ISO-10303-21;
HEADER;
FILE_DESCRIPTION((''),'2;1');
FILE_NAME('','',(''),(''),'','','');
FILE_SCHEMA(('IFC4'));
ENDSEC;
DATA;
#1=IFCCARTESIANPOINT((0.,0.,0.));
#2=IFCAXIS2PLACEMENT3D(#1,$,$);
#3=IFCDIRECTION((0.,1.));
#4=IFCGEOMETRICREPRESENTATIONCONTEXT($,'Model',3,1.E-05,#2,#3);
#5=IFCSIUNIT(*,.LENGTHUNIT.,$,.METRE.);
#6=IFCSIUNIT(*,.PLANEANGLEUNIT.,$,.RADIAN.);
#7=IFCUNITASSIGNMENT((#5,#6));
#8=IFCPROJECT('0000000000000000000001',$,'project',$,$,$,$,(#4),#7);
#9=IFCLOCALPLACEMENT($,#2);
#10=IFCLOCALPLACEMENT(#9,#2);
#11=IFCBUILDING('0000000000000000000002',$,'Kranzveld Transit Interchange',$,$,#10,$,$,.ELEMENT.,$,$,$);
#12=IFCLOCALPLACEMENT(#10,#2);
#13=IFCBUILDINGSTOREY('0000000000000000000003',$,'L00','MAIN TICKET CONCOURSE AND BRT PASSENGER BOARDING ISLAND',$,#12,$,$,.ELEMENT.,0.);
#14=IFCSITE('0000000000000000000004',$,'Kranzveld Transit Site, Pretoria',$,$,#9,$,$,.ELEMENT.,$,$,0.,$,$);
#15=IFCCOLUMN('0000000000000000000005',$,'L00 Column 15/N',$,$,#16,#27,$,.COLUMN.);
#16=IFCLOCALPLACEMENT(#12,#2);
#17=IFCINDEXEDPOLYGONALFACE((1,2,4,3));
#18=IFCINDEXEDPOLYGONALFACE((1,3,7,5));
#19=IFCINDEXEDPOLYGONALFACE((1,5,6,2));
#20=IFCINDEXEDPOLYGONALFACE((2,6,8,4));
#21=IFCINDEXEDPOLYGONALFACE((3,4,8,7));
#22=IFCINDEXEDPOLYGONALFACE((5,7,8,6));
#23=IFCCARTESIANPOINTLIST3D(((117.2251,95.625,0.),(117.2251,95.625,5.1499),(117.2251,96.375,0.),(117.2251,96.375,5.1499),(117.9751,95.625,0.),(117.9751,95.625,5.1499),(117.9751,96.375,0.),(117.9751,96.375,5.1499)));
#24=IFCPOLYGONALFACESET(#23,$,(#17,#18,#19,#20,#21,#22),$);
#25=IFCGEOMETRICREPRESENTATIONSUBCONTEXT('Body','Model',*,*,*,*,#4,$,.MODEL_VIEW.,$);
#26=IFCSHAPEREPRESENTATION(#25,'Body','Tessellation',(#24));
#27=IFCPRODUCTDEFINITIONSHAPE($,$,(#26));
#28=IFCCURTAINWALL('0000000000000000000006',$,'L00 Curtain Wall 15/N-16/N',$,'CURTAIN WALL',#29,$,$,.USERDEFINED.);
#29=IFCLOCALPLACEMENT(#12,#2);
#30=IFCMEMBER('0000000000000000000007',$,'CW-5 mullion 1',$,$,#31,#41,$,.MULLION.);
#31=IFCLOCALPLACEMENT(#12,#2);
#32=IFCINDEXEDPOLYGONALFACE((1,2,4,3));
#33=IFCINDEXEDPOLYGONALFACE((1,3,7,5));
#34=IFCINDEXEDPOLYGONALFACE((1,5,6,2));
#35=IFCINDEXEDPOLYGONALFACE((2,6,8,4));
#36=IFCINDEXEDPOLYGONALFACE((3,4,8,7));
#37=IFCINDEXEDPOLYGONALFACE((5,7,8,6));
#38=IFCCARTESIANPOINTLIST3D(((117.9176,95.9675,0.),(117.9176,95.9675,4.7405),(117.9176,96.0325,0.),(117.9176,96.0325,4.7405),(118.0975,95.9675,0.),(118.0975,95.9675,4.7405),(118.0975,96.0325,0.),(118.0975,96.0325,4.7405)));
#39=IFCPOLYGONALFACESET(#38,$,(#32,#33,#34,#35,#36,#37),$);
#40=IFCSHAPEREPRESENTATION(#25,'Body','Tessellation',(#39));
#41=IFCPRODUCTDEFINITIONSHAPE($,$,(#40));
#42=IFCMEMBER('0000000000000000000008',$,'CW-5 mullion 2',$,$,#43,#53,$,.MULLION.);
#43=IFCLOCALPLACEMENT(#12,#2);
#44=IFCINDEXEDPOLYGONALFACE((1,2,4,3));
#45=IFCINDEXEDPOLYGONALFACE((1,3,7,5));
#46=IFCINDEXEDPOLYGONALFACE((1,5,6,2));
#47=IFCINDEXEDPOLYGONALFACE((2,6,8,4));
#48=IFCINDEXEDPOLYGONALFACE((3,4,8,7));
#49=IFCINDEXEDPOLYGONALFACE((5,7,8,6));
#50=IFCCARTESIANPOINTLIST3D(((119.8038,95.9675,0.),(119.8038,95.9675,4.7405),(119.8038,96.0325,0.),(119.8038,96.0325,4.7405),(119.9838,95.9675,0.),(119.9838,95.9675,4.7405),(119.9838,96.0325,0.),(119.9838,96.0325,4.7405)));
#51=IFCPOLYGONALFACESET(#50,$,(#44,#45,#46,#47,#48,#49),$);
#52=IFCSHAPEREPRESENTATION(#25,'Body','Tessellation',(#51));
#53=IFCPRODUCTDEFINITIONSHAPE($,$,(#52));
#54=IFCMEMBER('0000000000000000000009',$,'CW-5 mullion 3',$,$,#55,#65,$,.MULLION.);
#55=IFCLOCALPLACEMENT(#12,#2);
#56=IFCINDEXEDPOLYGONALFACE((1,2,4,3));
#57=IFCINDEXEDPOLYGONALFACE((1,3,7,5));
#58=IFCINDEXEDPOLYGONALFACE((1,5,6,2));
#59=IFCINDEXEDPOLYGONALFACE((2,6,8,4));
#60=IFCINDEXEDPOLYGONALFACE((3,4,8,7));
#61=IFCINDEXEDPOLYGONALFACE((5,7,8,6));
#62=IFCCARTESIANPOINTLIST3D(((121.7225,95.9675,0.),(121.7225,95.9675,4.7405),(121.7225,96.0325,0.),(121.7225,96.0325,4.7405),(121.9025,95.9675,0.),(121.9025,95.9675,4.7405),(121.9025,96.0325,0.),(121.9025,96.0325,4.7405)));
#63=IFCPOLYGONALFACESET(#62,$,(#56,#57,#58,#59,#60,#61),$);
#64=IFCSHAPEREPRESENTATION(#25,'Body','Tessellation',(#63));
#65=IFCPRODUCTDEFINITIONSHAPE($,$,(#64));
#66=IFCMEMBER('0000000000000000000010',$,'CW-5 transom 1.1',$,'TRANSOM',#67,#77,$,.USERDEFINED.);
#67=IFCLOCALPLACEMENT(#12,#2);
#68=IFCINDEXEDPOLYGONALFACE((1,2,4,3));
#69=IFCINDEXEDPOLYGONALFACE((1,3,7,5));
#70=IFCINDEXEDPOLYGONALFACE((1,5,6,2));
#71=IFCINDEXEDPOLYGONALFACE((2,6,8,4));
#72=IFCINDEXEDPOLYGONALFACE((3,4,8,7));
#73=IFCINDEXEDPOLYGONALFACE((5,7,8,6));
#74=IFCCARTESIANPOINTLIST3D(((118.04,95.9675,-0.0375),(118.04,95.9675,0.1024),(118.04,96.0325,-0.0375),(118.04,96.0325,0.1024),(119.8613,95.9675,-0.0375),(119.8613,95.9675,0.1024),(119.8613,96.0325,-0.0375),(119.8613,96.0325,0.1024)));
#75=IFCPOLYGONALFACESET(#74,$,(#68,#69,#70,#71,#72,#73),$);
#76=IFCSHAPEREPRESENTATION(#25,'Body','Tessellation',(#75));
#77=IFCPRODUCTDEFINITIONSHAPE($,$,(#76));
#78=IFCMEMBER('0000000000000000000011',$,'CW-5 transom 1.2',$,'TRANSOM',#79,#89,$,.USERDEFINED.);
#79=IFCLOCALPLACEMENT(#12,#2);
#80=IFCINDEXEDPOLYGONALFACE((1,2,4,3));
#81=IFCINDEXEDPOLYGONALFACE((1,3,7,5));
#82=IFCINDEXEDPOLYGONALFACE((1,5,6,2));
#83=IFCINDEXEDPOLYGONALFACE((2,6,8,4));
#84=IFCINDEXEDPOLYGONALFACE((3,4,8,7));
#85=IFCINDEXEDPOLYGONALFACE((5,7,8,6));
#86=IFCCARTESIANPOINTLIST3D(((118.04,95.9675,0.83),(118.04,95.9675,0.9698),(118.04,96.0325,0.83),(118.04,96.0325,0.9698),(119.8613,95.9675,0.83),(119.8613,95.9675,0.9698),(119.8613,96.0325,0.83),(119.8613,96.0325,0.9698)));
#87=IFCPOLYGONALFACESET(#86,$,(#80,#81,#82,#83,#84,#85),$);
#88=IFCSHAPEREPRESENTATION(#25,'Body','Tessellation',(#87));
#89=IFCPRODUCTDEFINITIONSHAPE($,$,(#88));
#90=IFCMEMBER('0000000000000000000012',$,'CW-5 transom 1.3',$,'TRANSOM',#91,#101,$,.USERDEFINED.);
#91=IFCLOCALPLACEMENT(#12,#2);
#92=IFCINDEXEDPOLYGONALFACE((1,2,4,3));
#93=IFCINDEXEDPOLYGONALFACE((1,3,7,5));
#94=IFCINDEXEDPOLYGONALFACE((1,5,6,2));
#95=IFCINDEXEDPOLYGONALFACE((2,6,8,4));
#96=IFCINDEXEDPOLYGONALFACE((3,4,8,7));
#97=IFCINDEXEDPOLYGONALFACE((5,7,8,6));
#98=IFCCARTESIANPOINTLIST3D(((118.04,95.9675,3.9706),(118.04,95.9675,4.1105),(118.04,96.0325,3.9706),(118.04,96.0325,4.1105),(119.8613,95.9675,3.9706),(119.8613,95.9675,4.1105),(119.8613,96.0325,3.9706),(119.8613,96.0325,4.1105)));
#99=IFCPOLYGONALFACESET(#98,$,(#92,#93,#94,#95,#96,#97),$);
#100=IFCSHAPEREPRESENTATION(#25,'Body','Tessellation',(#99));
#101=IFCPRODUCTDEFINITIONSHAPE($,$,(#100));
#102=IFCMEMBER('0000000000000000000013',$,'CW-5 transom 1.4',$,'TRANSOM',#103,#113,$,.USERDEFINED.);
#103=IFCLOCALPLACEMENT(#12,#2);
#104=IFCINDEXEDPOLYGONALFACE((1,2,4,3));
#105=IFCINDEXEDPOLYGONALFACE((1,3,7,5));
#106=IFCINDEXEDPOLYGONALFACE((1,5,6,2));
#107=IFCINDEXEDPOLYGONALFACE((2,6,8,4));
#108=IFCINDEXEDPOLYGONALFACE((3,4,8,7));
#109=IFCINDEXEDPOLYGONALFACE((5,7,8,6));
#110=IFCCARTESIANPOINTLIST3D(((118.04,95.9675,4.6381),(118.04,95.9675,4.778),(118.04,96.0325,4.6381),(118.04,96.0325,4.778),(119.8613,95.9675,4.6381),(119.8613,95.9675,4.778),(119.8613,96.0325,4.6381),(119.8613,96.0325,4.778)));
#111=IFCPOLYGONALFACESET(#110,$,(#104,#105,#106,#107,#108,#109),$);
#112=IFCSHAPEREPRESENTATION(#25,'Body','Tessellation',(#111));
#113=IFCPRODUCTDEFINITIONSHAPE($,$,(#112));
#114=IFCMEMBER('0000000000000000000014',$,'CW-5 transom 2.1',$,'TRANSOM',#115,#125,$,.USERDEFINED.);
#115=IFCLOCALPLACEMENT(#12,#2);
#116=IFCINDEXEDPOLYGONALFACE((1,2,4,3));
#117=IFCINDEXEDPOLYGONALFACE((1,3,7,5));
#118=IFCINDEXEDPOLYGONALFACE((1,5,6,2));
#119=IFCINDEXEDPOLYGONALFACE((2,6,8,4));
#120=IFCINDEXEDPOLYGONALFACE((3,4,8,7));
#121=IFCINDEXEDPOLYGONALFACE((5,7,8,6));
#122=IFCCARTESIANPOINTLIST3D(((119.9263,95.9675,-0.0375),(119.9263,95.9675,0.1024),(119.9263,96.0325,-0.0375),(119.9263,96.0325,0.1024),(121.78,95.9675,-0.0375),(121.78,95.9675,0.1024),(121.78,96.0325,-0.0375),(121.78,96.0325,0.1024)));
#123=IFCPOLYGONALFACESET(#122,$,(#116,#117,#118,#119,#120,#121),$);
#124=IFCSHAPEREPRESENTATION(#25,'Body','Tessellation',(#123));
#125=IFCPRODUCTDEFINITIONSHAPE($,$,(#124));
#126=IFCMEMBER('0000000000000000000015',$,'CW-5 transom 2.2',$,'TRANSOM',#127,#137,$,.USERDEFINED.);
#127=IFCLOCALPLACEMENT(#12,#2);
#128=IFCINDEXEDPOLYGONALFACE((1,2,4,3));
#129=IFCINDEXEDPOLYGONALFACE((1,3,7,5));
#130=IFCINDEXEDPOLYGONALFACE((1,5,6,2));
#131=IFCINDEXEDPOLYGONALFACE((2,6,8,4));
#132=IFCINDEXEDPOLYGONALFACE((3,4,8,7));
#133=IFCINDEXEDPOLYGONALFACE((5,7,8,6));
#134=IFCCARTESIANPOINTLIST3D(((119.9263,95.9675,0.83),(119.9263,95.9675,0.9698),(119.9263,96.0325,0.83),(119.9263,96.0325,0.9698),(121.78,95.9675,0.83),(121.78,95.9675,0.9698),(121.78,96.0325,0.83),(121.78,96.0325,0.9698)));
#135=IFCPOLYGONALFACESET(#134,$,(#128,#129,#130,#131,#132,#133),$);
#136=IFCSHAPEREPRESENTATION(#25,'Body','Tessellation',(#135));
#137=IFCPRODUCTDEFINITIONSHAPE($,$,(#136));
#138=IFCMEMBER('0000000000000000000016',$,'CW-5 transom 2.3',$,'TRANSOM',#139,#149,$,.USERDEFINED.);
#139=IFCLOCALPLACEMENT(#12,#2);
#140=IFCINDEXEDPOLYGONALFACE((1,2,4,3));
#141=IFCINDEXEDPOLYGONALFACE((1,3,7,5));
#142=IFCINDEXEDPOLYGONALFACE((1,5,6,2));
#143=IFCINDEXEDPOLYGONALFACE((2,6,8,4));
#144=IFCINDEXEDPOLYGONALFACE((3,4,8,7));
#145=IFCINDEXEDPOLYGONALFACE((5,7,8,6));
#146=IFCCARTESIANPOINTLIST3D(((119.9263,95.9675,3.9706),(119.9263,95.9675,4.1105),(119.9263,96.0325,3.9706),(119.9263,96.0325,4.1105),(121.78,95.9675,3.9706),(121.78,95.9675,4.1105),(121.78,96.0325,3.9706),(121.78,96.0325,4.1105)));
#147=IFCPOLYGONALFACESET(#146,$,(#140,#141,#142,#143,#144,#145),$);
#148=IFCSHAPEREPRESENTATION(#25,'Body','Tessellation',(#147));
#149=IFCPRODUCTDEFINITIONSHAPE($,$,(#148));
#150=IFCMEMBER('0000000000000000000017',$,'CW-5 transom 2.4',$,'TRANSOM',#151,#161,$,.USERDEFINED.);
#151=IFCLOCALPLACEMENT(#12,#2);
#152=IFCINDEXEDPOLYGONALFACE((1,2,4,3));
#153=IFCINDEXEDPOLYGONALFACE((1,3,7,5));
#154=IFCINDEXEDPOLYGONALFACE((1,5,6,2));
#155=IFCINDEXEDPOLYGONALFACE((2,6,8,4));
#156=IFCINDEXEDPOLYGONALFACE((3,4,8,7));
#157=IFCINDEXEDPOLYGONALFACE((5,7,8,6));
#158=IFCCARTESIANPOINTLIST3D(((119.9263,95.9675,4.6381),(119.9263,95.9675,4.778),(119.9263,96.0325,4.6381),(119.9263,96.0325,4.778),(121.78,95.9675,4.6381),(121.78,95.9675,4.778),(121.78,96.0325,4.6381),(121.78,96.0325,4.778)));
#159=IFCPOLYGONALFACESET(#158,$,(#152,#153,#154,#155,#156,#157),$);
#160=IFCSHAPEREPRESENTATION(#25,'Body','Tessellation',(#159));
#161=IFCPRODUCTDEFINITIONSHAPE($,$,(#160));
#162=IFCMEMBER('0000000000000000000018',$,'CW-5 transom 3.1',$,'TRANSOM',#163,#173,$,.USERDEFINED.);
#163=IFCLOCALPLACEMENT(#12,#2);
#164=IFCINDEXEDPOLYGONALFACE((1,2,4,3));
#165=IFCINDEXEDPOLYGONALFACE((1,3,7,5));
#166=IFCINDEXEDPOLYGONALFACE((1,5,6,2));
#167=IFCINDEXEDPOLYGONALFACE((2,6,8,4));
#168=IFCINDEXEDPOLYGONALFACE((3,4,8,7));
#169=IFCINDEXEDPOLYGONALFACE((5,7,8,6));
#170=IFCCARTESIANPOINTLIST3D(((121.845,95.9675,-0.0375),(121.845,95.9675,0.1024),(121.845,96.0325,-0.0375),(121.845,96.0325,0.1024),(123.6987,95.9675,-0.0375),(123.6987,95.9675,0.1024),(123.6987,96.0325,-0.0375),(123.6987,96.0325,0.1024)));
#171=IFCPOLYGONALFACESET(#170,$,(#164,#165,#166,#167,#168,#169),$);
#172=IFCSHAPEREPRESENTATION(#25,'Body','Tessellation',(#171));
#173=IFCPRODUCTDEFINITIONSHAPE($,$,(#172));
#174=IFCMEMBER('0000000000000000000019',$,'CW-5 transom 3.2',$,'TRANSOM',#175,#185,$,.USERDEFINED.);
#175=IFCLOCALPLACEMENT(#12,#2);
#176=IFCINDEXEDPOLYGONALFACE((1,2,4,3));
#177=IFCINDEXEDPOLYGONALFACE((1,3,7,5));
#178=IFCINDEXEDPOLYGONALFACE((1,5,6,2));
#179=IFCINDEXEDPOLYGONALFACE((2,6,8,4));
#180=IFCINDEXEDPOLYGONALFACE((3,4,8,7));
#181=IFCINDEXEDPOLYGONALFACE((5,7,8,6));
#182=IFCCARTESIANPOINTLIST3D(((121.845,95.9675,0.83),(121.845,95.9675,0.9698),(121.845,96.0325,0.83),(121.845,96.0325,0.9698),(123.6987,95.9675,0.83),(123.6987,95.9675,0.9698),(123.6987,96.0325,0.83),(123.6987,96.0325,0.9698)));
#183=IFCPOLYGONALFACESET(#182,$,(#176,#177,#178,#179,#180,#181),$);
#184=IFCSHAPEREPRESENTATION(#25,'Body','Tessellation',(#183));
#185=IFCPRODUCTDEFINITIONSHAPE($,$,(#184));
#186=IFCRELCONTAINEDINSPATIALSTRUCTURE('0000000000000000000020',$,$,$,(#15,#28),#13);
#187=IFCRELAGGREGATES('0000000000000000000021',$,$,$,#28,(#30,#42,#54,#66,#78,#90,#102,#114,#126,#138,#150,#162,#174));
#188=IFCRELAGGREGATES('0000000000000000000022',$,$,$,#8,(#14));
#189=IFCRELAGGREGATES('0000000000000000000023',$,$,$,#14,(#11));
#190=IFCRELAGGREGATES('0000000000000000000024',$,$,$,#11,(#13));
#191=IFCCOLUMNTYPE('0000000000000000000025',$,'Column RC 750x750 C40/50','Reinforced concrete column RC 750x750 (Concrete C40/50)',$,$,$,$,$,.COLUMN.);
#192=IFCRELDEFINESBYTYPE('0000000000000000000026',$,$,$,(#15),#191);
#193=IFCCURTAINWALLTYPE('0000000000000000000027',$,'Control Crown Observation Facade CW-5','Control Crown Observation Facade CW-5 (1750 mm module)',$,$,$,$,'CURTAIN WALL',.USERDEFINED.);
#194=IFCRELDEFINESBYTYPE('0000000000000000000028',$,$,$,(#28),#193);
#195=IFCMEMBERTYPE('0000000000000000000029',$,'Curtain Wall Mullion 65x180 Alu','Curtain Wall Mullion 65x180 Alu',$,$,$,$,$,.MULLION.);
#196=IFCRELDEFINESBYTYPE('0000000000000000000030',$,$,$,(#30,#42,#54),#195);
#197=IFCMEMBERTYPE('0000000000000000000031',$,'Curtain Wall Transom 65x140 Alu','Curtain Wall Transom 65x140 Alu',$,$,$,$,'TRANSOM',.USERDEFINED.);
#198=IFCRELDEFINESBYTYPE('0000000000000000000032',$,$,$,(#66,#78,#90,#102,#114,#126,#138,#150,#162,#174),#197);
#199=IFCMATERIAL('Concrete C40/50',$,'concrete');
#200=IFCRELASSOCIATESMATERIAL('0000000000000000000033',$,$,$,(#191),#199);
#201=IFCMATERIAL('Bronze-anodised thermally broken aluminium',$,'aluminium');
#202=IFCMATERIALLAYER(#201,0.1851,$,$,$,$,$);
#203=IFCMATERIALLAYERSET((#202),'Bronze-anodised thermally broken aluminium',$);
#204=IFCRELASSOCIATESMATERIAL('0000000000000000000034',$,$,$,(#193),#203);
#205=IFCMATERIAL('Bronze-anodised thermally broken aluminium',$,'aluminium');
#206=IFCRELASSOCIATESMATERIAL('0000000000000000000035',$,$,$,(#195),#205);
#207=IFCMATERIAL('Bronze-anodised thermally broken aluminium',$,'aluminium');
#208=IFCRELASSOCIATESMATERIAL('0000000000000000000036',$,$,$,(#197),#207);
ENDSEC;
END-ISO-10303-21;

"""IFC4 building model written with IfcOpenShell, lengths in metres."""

from ifc_helpers import new_model, si_unit, direction, frame, origin, origin_2d, place, context, subcontext, project, spatial, rectangle, extrude, material, layer, layer_set, material_profile, profile_set, type_object, element, aggregate, save


model = new_model("IFC4")

# Units and contexts
model_context = context("Model", 3, precision=1e-05, world=origin(), true_north=direction((0.0, 1.0)))
body_context = subcontext(model_context, "Body", "Model", "MODEL_VIEW")
ifc_project = project(units=[si_unit("LENGTHUNIT", "METRE"), si_unit("PLANEANGLEUNIT", "RADIAN")], contexts=[model_context])

# Site, building, storey
site_placement = place(None, origin())
site = spatial("IfcSite", under=ifc_project, at=site_placement, Name="Kranzveld Transit Site, Pretoria", CompositionType="ELEMENT", RefElevation=0.0)
building_placement = place(site_placement, origin())
building = spatial("IfcBuilding", under=site, at=building_placement, Name="Kranzveld Transit Interchange", CompositionType="ELEMENT")
storey_placement = place(building_placement, origin())
storey = spatial("IfcBuildingStorey", under=building, at=storey_placement, Name="L00", Description="MAIN TICKET CONCOURSE AND BRT PASSENGER BOARDING ISLAND", CompositionType="ELEMENT", Elevation=0.0)

# Column
ifc_material_1 = material(Name="Concrete C40/50", Category="concrete")
ifc_material_profile_1 = material_profile(ifc_material_1, rectangle(XDim=0.75, YDim=0.75, at=origin_2d()), Name="RC 750x750")
ifc_profile_set_1 = profile_set([ifc_material_profile_1], Name="Concrete C40/50")
column_type = type_object("IfcColumnType", Name="Column RC 750x750 C40/50", Description="Reinforced concrete column RC 750x750 (Concrete C40/50)", PredefinedType="COLUMN", material=ifc_profile_set_1)
column_placement = place(storey_placement, frame((117.6001, 96.0, 0.0), z_axis=(0.0, 0.0, 1.0), x_axis=(1.0, 0.0, 0.0)))
element("IfcColumn", 1, at=column_placement, inside=storey, type_object=column_type, Name="L00 Column 15/N", PredefinedType="COLUMN", context=body_context, shape_type="SweptSolid", body=[
    extrude(rectangle(XDim=0.75, YDim=0.75, at=origin_2d()), origin(), (0.0, 0.0, 1.0), 5.1499),
])

# Curtain wall, members
ifc_material_2 = material(Name="Bronze-anodised thermally broken aluminium", Category="aluminium")
ifc_layer_1 = layer(ifc_material_2, 0.1851)
ifc_layer_set_1 = layer_set([ifc_layer_1], Name="Bronze-anodised thermally broken aluminium")
curtain_wall_type = type_object("IfcCurtainWallType", Name="Control Crown Observation Facade CW-5", Description="Control Crown Observation Facade CW-5 (1750 mm module)", ElementType="CURTAIN WALL", PredefinedType="USERDEFINED", material=ifc_layer_set_1)
curtain_wall_placement = place(storey_placement, origin())
curtain_wall = element("IfcCurtainWall", 2, at=curtain_wall_placement, inside=storey, type_object=curtain_wall_type, Name="L00 Curtain Wall 15/N-16/N", ObjectType="CURTAIN WALL", PredefinedType="USERDEFINED")
ifc_material_3 = material(Name="Bronze-anodised thermally broken aluminium", Category="aluminium")
ifc_material_profile_2 = material_profile(ifc_material_3, rectangle(XDim=0.0649, YDim=0.1799, at=origin_2d()), Name="ALU MULLION 65x180")
ifc_profile_set_2 = profile_set([ifc_material_profile_2], Name="Bronze-anodised thermally broken aluminium")
member_type_1 = type_object("IfcMemberType", Name="Curtain Wall Mullion 65x180 Alu", Description="Curtain Wall Mullion 65x180 Alu", PredefinedType="MULLION", material=ifc_profile_set_2)
member_1_placement = place(storey_placement, frame((118.0076, 96.0, 0.0), z_axis=(0.0, 0.0, 1.0), x_axis=(0.0, 1.0, 0.0)))
member_1 = element("IfcMember", 3, at=member_1_placement, type_object=member_type_1, Name="CW-5 mullion 1", PredefinedType="MULLION", context=body_context, shape_type="SweptSolid", body=[
    extrude(rectangle(XDim=0.0649, YDim=0.1799, at=origin_2d()), origin(), (0.0, 0.0, 1.0), 4.7405),
])
member_2_placement = place(storey_placement, frame((119.8938, 96.0, 0.0), z_axis=(0.0, 0.0, 1.0), x_axis=(0.0, 1.0, 0.0)))
member_2 = element("IfcMember", 4, at=member_2_placement, type_object=member_type_1, Name="CW-5 mullion 2", PredefinedType="MULLION", context=body_context, shape_type="SweptSolid", body=[
    extrude(rectangle(XDim=0.0649, YDim=0.1799, at=origin_2d()), origin(), (0.0, 0.0, 1.0), 4.7405),
])
member_3_placement = place(storey_placement, frame((121.8125, 96.0, 0.0), z_axis=(0.0, 0.0, 1.0), x_axis=(0.0, 1.0, 0.0)))
member_3 = element("IfcMember", 5, at=member_3_placement, type_object=member_type_1, Name="CW-5 mullion 3", PredefinedType="MULLION", context=body_context, shape_type="SweptSolid", body=[
    extrude(rectangle(XDim=0.0649, YDim=0.1799, at=origin_2d()), origin(), (0.0, 0.0, 1.0), 4.7405),
])
ifc_material_4 = material(Name="Bronze-anodised thermally broken aluminium", Category="aluminium")
ifc_material_profile_3 = material_profile(ifc_material_4, rectangle(XDim=0.0649, YDim=0.1399, at=origin_2d()), Name="ALU TRANSOM 65x140")
ifc_profile_set_3 = profile_set([ifc_material_profile_3], Name="Bronze-anodised thermally broken aluminium")
member_type_2 = type_object("IfcMemberType", Name="Curtain Wall Transom 65x140 Alu", Description="Curtain Wall Transom 65x140 Alu", ElementType="TRANSOM", PredefinedType="USERDEFINED", material=ifc_profile_set_3)
member_4_placement = place(storey_placement, frame((118.04, 96.0, 0.0325), z_axis=(1.0, 0.0, 0.0), x_axis=(0.0, 1.0, 0.0)))
member_4 = element("IfcMember", 6, at=member_4_placement, type_object=member_type_2, Name="CW-5 transom 1.1", ObjectType="TRANSOM", PredefinedType="USERDEFINED", context=body_context, shape_type="SweptSolid", body=[
    extrude(rectangle(XDim=0.0649, YDim=0.1399, at=origin_2d()), origin(), (0.0, 0.0, 1.0), 1.8213),
])
member_5_placement = place(storey_placement, frame((118.04, 96.0, 0.8999), z_axis=(1.0, 0.0, 0.0), x_axis=(0.0, 1.0, 0.0)))
member_5 = element("IfcMember", 7, at=member_5_placement, type_object=member_type_2, Name="CW-5 transom 1.2", ObjectType="TRANSOM", PredefinedType="USERDEFINED", context=body_context, shape_type="SweptSolid", body=[
    extrude(rectangle(XDim=0.0649, YDim=0.1399, at=origin_2d()), origin(), (0.0, 0.0, 1.0), 1.8213),
])
member_6_placement = place(storey_placement, frame((118.04, 96.0, 4.0405), z_axis=(1.0, 0.0, 0.0), x_axis=(0.0, 1.0, 0.0)))
member_6 = element("IfcMember", 8, at=member_6_placement, type_object=member_type_2, Name="CW-5 transom 1.3", ObjectType="TRANSOM", PredefinedType="USERDEFINED", context=body_context, shape_type="SweptSolid", body=[
    extrude(rectangle(XDim=0.0649, YDim=0.1399, at=origin_2d()), origin(), (0.0, 0.0, 1.0), 1.8213),
])
member_7_placement = place(storey_placement, frame((118.04, 96.0, 4.708), z_axis=(1.0, 0.0, 0.0), x_axis=(0.0, 1.0, 0.0)))
member_7 = element("IfcMember", 9, at=member_7_placement, type_object=member_type_2, Name="CW-5 transom 1.4", ObjectType="TRANSOM", PredefinedType="USERDEFINED", context=body_context, shape_type="SweptSolid", body=[
    extrude(rectangle(XDim=0.0649, YDim=0.1399, at=origin_2d()), origin(), (0.0, 0.0, 1.0), 1.8213),
])
member_8_placement = place(storey_placement, frame((119.9263, 96.0, 0.0325), z_axis=(1.0, 0.0, 0.0), x_axis=(0.0, 1.0, 0.0)))
member_8 = element("IfcMember", 10, at=member_8_placement, type_object=member_type_2, Name="CW-5 transom 2.1", ObjectType="TRANSOM", PredefinedType="USERDEFINED", context=body_context, shape_type="SweptSolid", body=[
    extrude(rectangle(XDim=0.0649, YDim=0.1399, at=origin_2d()), origin(), (0.0, 0.0, 1.0), 1.8538),
])
member_9_placement = place(storey_placement, frame((119.9263, 96.0, 0.8999), z_axis=(1.0, 0.0, 0.0), x_axis=(0.0, 1.0, 0.0)))
member_9 = element("IfcMember", 11, at=member_9_placement, type_object=member_type_2, Name="CW-5 transom 2.2", ObjectType="TRANSOM", PredefinedType="USERDEFINED", context=body_context, shape_type="SweptSolid", body=[
    extrude(rectangle(XDim=0.0649, YDim=0.1399, at=origin_2d()), origin(), (0.0, 0.0, 1.0), 1.8538),
])
member_10_placement = place(storey_placement, frame((119.9263, 96.0, 4.0405), z_axis=(1.0, 0.0, 0.0), x_axis=(0.0, 1.0, 0.0)))
member_10 = element("IfcMember", 12, at=member_10_placement, type_object=member_type_2, Name="CW-5 transom 2.3", ObjectType="TRANSOM", PredefinedType="USERDEFINED", context=body_context, shape_type="SweptSolid", body=[
    extrude(rectangle(XDim=0.0649, YDim=0.1399, at=origin_2d()), origin(), (0.0, 0.0, 1.0), 1.8538),
])
member_11_placement = place(storey_placement, frame((119.9263, 96.0, 4.708), z_axis=(1.0, 0.0, 0.0), x_axis=(0.0, 1.0, 0.0)))
member_11 = element("IfcMember", 13, at=member_11_placement, type_object=member_type_2, Name="CW-5 transom 2.4", ObjectType="TRANSOM", PredefinedType="USERDEFINED", context=body_context, shape_type="SweptSolid", body=[
    extrude(rectangle(XDim=0.0649, YDim=0.1399, at=origin_2d()), origin(), (0.0, 0.0, 1.0), 1.8538),
])
member_12_placement = place(storey_placement, frame((121.845, 96.0, 0.0325), z_axis=(1.0, 0.0, 0.0), x_axis=(0.0, 1.0, 0.0)))
member_12 = element("IfcMember", 14, at=member_12_placement, type_object=member_type_2, Name="CW-5 transom 3.1", ObjectType="TRANSOM", PredefinedType="USERDEFINED", context=body_context, shape_type="SweptSolid", body=[
    extrude(rectangle(XDim=0.0649, YDim=0.1399, at=origin_2d()), origin(), (0.0, 0.0, 1.0), 1.8538),
])
member_13_placement = place(storey_placement, frame((121.845, 96.0, 0.8999), z_axis=(1.0, 0.0, 0.0), x_axis=(0.0, 1.0, 0.0)))
member_13 = element("IfcMember", 15, at=member_13_placement, type_object=member_type_2, Name="CW-5 transom 3.2", ObjectType="TRANSOM", PredefinedType="USERDEFINED", context=body_context, shape_type="SweptSolid", body=[
    extrude(rectangle(XDim=0.0649, YDim=0.1399, at=origin_2d()), origin(), (0.0, 0.0, 1.0), 1.8538),
])

aggregate(curtain_wall, [member_1, member_2, member_3, member_4, member_5, member_6, member_7, member_8, member_9, member_10, member_11, member_12, member_13])

save(model, "model.ifc")
